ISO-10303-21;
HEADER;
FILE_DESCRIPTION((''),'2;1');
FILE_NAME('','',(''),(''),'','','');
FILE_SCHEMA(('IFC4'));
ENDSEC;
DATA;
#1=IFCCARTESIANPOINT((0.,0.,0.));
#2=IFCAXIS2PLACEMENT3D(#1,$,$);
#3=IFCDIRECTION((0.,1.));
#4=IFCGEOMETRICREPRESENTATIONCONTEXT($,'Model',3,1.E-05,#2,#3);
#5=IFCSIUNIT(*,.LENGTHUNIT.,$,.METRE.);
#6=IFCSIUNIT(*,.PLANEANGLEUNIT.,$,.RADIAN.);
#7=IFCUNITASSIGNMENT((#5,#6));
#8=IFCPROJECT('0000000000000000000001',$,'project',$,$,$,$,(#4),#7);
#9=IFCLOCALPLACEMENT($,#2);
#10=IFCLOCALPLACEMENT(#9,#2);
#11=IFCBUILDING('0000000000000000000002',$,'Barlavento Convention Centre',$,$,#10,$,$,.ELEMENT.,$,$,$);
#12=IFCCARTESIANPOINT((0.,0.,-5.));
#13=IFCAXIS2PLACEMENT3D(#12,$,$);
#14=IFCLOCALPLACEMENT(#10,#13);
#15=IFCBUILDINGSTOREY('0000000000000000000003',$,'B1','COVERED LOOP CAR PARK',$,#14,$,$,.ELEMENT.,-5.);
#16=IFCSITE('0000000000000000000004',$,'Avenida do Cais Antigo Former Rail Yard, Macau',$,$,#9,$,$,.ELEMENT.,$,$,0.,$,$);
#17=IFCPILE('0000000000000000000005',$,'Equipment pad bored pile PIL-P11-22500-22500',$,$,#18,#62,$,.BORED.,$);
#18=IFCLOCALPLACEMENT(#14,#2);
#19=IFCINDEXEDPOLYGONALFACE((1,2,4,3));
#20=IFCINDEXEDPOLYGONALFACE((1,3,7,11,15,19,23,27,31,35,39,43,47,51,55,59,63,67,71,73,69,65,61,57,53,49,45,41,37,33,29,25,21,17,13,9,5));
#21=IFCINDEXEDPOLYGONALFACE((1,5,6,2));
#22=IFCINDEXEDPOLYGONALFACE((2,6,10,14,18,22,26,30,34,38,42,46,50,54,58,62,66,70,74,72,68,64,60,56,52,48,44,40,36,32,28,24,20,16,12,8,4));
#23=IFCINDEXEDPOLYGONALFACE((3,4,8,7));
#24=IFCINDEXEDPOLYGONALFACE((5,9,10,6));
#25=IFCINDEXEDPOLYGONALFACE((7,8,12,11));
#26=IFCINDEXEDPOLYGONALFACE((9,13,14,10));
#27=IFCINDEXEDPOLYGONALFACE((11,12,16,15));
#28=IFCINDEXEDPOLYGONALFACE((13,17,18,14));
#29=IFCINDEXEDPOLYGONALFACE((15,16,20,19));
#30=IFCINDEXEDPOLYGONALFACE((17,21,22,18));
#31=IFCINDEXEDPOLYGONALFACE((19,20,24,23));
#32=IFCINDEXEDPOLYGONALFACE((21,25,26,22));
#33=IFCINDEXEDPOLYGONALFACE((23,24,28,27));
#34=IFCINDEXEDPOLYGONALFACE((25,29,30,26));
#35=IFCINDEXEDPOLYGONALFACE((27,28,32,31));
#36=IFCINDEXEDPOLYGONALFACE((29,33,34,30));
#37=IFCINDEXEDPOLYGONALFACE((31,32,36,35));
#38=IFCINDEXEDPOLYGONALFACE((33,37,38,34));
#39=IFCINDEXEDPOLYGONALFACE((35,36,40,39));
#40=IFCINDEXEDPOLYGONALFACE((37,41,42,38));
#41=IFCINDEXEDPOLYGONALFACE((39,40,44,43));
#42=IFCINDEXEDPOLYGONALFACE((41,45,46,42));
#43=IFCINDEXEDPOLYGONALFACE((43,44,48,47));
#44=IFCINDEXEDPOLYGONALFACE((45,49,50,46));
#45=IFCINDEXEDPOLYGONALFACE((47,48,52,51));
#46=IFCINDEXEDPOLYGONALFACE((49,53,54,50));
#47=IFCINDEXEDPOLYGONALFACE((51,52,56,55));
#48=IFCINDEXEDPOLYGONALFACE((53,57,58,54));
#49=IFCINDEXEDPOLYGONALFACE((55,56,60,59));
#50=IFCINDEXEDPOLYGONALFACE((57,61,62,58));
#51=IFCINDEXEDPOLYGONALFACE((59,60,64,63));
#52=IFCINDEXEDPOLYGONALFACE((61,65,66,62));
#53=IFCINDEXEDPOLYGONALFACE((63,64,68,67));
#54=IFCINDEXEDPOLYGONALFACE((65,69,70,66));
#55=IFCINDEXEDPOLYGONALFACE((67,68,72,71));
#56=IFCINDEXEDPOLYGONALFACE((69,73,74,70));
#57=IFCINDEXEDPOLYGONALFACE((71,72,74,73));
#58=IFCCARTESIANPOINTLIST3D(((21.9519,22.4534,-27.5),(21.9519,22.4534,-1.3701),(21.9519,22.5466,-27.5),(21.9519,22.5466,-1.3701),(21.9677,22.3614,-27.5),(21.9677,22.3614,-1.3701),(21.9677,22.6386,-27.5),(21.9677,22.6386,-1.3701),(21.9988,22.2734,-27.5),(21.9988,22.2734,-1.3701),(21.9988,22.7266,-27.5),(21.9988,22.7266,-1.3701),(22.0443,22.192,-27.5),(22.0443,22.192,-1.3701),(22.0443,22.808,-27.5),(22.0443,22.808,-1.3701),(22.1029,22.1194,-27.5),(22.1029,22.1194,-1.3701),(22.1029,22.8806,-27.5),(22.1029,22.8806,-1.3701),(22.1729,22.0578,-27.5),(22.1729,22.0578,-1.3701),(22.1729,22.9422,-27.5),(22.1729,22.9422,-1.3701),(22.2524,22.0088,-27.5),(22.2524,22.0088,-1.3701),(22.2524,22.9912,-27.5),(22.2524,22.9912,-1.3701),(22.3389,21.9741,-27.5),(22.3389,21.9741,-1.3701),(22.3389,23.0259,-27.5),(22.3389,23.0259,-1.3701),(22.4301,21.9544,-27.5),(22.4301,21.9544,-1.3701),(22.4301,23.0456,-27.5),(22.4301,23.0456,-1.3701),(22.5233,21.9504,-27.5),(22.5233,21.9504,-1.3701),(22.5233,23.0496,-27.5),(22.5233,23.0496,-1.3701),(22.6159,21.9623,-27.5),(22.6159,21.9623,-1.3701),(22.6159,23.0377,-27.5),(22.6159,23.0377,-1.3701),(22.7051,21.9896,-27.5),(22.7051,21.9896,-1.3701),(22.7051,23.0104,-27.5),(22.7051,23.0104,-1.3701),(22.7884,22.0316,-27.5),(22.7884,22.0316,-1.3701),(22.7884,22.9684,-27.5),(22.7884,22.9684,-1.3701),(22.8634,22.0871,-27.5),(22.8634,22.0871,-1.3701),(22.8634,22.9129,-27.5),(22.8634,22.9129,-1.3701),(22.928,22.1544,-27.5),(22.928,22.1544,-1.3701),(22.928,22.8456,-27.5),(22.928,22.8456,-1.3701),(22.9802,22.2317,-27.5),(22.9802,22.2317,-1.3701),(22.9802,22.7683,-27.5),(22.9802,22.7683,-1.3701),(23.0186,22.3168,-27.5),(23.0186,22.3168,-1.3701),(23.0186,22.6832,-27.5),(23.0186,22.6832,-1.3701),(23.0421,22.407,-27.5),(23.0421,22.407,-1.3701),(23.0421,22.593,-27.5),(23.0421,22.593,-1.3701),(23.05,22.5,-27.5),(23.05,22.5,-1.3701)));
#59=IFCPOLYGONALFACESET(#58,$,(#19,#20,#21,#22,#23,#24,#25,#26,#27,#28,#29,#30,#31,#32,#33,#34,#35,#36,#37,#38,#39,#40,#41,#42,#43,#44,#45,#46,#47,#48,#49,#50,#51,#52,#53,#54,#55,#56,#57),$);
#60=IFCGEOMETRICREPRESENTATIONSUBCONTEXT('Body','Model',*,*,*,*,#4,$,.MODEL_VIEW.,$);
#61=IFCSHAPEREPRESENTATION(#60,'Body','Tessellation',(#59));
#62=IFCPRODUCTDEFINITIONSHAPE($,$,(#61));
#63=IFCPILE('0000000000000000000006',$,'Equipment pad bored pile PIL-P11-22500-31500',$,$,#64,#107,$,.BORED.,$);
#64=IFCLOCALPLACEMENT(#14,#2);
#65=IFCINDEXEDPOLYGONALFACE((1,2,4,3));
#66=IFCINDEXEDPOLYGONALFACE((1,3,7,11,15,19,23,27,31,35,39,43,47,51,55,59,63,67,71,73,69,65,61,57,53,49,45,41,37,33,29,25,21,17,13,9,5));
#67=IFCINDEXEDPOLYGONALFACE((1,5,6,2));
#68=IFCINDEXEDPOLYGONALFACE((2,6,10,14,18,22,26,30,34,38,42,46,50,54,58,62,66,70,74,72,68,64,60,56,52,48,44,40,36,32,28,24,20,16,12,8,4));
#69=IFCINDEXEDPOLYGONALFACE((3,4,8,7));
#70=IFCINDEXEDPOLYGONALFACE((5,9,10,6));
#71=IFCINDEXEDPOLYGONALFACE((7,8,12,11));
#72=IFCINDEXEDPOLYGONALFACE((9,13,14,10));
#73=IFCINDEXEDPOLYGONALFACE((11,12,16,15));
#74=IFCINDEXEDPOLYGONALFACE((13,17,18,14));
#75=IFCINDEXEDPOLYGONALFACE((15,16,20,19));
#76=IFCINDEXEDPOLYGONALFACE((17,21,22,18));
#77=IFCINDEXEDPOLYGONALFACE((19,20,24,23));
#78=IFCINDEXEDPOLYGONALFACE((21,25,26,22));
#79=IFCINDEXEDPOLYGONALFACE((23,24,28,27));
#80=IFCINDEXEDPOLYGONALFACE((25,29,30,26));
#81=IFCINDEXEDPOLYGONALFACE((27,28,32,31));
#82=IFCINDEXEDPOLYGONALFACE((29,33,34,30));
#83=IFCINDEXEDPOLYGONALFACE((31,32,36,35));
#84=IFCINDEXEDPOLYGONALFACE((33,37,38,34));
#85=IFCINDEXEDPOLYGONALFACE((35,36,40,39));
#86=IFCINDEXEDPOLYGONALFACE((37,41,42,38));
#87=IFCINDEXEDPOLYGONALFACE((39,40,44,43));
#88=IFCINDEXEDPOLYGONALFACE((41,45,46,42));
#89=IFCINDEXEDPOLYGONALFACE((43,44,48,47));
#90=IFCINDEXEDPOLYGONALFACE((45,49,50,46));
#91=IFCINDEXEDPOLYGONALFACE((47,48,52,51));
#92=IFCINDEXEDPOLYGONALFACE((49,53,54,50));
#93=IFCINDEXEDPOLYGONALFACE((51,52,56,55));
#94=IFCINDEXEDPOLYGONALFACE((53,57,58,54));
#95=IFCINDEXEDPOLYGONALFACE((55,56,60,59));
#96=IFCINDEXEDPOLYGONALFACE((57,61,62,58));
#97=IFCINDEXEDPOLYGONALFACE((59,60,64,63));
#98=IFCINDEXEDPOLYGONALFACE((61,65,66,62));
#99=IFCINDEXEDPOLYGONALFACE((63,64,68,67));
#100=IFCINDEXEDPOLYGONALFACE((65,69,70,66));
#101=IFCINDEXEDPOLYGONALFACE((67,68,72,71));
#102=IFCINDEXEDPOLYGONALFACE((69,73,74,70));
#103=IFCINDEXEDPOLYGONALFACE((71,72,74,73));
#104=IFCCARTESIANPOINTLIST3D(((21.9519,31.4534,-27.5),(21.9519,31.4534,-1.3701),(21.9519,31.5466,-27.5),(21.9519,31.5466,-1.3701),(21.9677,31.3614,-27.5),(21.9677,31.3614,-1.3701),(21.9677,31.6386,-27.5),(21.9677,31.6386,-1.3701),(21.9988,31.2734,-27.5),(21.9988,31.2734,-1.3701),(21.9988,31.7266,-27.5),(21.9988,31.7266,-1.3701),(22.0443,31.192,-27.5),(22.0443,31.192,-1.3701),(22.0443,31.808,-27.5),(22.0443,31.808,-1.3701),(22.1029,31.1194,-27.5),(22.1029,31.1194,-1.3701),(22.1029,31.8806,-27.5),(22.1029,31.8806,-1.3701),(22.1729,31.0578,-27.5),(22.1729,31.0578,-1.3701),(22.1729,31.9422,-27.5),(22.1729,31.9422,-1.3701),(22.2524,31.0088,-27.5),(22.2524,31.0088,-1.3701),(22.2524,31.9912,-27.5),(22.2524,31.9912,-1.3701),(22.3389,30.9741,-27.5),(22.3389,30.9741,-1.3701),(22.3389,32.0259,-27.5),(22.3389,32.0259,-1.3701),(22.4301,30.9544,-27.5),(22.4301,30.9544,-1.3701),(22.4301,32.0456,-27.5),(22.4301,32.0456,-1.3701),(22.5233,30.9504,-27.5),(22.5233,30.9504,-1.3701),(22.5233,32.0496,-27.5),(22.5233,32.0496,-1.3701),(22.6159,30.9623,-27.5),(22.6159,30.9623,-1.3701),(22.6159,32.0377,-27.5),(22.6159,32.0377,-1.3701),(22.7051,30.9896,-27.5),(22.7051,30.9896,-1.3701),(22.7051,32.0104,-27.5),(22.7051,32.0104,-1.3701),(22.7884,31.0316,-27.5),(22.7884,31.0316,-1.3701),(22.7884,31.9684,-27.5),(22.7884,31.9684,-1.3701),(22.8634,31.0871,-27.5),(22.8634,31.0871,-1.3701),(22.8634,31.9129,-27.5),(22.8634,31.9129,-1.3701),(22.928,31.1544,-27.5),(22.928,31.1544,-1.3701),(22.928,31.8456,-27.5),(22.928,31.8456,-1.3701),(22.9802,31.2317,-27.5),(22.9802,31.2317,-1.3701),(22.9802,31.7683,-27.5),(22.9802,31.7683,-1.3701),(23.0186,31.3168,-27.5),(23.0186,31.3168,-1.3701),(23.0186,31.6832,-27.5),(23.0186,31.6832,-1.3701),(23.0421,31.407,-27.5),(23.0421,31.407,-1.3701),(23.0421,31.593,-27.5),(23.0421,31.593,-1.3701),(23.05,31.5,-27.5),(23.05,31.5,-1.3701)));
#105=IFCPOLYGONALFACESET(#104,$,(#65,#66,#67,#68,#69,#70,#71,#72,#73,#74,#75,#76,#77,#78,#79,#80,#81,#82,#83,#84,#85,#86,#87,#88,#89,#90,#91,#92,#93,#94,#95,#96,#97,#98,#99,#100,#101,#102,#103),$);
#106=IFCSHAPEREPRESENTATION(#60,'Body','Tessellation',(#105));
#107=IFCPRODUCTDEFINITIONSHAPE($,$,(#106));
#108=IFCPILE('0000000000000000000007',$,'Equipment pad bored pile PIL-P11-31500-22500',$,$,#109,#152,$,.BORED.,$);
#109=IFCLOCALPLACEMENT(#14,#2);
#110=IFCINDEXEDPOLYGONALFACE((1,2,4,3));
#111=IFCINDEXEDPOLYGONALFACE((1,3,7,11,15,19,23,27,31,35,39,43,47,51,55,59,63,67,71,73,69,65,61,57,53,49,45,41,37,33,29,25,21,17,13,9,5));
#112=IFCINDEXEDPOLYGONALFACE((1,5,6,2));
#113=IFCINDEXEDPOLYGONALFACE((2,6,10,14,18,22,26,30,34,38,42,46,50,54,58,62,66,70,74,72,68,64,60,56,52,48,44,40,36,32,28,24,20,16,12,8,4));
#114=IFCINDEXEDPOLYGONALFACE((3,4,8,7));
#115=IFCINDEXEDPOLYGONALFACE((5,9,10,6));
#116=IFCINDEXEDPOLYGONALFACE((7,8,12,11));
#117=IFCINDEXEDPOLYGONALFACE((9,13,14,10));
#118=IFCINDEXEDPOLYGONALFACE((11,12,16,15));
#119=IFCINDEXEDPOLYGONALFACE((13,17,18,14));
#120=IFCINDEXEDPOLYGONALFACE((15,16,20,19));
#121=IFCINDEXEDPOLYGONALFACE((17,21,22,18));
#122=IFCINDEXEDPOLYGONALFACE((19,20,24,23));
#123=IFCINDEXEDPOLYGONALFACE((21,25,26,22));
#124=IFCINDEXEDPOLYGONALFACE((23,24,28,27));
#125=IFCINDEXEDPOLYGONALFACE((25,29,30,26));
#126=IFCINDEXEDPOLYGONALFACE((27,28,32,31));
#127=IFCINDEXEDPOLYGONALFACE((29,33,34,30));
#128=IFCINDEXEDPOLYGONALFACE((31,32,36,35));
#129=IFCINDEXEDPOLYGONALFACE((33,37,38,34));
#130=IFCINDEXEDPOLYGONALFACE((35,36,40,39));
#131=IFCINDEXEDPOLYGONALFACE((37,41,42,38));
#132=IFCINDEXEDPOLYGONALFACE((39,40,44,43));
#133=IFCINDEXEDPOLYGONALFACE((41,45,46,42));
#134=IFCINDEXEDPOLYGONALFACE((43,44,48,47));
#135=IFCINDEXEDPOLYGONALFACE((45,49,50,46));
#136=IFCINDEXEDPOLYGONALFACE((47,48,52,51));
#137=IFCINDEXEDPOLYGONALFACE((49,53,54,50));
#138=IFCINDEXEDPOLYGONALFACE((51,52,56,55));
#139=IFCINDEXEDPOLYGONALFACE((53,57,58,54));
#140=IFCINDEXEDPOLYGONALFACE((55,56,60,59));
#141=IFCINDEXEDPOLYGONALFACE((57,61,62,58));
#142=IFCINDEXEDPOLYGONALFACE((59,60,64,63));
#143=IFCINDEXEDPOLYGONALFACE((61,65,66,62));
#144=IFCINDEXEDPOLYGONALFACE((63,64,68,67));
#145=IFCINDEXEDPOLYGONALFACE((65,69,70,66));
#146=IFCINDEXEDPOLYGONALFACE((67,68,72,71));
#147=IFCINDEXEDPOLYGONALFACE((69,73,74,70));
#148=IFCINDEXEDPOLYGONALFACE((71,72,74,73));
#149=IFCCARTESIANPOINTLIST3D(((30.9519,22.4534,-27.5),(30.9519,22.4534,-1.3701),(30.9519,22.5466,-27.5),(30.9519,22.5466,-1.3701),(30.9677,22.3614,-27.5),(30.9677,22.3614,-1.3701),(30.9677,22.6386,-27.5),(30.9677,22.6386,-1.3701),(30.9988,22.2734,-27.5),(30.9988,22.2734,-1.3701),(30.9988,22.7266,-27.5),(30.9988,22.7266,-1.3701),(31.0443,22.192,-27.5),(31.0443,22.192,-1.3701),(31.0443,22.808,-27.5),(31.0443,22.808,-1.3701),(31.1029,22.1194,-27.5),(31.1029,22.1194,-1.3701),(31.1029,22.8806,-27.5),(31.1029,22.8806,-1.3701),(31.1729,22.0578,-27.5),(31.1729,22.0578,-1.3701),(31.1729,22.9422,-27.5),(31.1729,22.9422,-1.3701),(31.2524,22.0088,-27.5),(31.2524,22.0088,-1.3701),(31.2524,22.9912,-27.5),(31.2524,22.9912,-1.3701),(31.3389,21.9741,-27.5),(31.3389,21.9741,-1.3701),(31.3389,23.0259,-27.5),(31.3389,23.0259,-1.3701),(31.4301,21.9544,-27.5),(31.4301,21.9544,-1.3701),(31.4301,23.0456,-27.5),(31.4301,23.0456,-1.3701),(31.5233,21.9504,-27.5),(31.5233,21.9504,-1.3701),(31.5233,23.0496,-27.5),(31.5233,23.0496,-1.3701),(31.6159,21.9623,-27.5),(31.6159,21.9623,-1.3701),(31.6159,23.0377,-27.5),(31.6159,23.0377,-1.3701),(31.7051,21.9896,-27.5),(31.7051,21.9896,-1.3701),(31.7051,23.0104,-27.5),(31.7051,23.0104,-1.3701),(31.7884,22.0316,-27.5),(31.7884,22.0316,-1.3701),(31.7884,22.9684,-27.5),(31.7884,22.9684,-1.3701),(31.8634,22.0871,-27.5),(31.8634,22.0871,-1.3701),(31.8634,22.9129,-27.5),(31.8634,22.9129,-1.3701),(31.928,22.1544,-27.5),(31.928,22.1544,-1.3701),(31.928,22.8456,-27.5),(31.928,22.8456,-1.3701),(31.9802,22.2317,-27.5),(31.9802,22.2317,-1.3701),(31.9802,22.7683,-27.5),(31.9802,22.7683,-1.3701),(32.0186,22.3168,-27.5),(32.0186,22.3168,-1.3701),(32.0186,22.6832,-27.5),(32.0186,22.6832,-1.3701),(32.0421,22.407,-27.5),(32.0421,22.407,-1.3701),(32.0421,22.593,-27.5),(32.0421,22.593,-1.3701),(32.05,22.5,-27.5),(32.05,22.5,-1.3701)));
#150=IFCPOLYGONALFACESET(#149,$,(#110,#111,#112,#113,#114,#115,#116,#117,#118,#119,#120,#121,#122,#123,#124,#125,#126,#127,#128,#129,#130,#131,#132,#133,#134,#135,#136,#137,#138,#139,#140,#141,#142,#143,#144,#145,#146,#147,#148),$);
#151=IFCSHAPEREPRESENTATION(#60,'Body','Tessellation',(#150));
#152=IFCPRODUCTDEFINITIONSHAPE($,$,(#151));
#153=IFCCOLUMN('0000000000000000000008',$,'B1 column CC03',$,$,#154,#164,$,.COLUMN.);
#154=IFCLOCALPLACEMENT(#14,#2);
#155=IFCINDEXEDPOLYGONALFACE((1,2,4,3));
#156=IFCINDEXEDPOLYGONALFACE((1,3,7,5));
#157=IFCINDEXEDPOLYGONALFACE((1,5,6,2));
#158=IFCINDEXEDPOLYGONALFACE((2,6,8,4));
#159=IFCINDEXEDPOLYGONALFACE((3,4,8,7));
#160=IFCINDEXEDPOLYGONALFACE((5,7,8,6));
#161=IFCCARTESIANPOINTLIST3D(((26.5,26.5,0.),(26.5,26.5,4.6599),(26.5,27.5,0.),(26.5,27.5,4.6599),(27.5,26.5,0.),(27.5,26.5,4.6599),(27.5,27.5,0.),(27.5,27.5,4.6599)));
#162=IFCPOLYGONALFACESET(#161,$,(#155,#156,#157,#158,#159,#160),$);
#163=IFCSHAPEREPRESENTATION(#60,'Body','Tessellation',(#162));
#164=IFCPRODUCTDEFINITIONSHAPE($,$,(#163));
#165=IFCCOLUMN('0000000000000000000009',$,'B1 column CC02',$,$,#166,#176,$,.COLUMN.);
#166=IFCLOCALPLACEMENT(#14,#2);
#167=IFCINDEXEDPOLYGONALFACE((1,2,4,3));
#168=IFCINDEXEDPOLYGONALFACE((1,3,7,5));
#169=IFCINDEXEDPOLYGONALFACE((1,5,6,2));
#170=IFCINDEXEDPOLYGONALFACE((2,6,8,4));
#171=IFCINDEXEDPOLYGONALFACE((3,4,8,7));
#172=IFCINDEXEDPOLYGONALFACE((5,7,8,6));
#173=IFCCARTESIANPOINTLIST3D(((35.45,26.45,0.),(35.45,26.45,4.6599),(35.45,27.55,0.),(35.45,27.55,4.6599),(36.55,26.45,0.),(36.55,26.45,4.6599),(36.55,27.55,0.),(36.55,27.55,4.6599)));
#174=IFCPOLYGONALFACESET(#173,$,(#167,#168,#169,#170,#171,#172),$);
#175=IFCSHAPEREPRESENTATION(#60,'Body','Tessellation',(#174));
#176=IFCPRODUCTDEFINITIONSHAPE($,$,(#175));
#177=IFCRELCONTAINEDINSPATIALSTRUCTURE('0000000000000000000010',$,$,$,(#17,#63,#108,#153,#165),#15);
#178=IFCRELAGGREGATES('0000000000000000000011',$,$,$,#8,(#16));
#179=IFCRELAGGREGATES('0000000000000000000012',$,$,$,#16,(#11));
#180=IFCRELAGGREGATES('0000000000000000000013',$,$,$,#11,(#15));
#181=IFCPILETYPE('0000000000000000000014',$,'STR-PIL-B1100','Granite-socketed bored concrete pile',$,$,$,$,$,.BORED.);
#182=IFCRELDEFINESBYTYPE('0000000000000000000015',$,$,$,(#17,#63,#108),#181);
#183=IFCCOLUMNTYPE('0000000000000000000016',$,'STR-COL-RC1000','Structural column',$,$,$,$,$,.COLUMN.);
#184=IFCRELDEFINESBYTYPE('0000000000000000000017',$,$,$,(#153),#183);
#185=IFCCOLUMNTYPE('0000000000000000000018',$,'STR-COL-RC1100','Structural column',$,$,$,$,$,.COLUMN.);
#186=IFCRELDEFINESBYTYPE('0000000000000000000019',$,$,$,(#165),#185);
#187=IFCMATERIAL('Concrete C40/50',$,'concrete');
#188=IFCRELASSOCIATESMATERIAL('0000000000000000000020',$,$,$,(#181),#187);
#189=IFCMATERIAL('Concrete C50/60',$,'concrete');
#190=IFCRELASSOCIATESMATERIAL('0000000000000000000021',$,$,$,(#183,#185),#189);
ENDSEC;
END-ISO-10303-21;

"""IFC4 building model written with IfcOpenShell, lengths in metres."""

from ifc_helpers import new_model, si_unit, direction, frame, origin, origin_2d, place, context, subcontext, project, spatial, rectangle, circle, extrude, material, material_profile, profile_set, type_object, element, save


model = new_model("IFC4")

# Units and contexts
model_context = context("Model", 3, precision=1e-05, world=origin(), true_north=direction((0.0, 1.0)))
body_context = subcontext(model_context, "Body", "Model", "MODEL_VIEW")
ifc_project = project(units=[si_unit("LENGTHUNIT", "METRE"), si_unit("PLANEANGLEUNIT", "RADIAN")], contexts=[model_context])

# Site, building, storey
site_placement = place(None, origin())
site = spatial("IfcSite", under=ifc_project, at=site_placement, Name="Avenida do Cais Antigo Former Rail Yard, Macau", CompositionType="ELEMENT", RefElevation=0.0)
building_placement = place(site_placement, origin())
building = spatial("IfcBuilding", under=site, at=building_placement, Name="Barlavento Convention Centre", CompositionType="ELEMENT")
storey_placement = place(building_placement, frame((0.0, 0.0, -5.0)))
storey = spatial("IfcBuildingStorey", under=building, at=storey_placement, Name="B1", Description="COVERED LOOP CAR PARK", CompositionType="ELEMENT", Elevation=-5.0)

# Shared definitions
ifc_material_1 = material(Name="Concrete C40/50", Category="concrete")

# Piles
ifc_material_profile_1 = material_profile(ifc_material_1, circle(Radius=0.55, at=origin_2d()), Name="BORED PILE 1100")
ifc_profile_set_1 = profile_set([ifc_material_profile_1], Name="Concrete C40/50")
pile_type_1 = type_object("IfcPileType", Name="STR-PIL-B1100", Description="Granite-socketed bored concrete pile", PredefinedType="BORED", material=ifc_profile_set_1)
for number, where, z_axis, x_axis, name in (
    (1, (22.5, 22.5, -1.3701), (0.0, 0.0, -1.0), (1.0, 0.0, 0.0), "Equipment pad bored pile PIL-P11-22500-22500"),
    (2, (22.5, 31.5, -1.3701), (0.0, 0.0, -1.0), (1.0, 0.0, 0.0), "Equipment pad bored pile PIL-P11-22500-31500"),
    (3, (31.5, 22.5, -1.3701), (0.0, 0.0, -1.0), (1.0, 0.0, 0.0), "Equipment pad bored pile PIL-P11-31500-22500"),
):
    element("IfcPile", number, at=place(storey_placement, frame(where, z_axis=z_axis, x_axis=x_axis)), inside=storey, type_object=pile_type_1, Name=name, PredefinedType="BORED", context=body_context, shape_type="SweptSolid", body=[
        extrude(circle(Radius=0.55, at=origin_2d()), origin(), (0.0, 0.0, 1.0), 26.1299),
    ])

# Columns
ifc_material_2 = material(Name="Concrete C50/60", Category="concrete")
ifc_material_profile_2 = material_profile(ifc_material_2, rectangle(XDim=1.0, YDim=1.0, at=origin_2d()), Name="RC 1000x1000")
ifc_profile_set_2 = profile_set([ifc_material_profile_2], Name="Concrete C50/60")
column_type_1 = type_object("IfcColumnType", Name="STR-COL-RC1000", Description="Structural column", PredefinedType="COLUMN", material=ifc_profile_set_2)
column_1_placement = place(storey_placement, frame((27.0, 27.0, 0.0), z_axis=(0.0, 0.0, 1.0), x_axis=(1.0, 0.0, 0.0)))
element("IfcColumn", 4, at=column_1_placement, inside=storey, type_object=column_type_1, Name="B1 column CC03", PredefinedType="COLUMN", context=body_context, shape_type="SweptSolid", body=[
    extrude(rectangle(XDim=1.0, YDim=1.0, at=origin_2d()), origin(), (0.0, 0.0, 1.0), 4.6599),
])
ifc_material_profile_3 = material_profile(ifc_material_2, rectangle(XDim=1.1001, YDim=1.1001, at=origin_2d()), Name="RC 1100x1100")
ifc_profile_set_3 = profile_set([ifc_material_profile_3], Name="Concrete C50/60")
column_type_2 = type_object("IfcColumnType", Name="STR-COL-RC1100", Description="Structural column", PredefinedType="COLUMN", material=ifc_profile_set_3)
column_2_placement = place(storey_placement, frame((36.0, 27.0, 0.0), z_axis=(0.0, 0.0, 1.0), x_axis=(1.0, 0.0, 0.0)))
element("IfcColumn", 5, at=column_2_placement, inside=storey, type_object=column_type_2, Name="B1 column CC02", PredefinedType="COLUMN", context=body_context, shape_type="SweptSolid", body=[
    extrude(rectangle(XDim=1.1001, YDim=1.1001, at=origin_2d()), origin(), (0.0, 0.0, 1.0), 4.6599),
])

save(model, "model.ifc")
